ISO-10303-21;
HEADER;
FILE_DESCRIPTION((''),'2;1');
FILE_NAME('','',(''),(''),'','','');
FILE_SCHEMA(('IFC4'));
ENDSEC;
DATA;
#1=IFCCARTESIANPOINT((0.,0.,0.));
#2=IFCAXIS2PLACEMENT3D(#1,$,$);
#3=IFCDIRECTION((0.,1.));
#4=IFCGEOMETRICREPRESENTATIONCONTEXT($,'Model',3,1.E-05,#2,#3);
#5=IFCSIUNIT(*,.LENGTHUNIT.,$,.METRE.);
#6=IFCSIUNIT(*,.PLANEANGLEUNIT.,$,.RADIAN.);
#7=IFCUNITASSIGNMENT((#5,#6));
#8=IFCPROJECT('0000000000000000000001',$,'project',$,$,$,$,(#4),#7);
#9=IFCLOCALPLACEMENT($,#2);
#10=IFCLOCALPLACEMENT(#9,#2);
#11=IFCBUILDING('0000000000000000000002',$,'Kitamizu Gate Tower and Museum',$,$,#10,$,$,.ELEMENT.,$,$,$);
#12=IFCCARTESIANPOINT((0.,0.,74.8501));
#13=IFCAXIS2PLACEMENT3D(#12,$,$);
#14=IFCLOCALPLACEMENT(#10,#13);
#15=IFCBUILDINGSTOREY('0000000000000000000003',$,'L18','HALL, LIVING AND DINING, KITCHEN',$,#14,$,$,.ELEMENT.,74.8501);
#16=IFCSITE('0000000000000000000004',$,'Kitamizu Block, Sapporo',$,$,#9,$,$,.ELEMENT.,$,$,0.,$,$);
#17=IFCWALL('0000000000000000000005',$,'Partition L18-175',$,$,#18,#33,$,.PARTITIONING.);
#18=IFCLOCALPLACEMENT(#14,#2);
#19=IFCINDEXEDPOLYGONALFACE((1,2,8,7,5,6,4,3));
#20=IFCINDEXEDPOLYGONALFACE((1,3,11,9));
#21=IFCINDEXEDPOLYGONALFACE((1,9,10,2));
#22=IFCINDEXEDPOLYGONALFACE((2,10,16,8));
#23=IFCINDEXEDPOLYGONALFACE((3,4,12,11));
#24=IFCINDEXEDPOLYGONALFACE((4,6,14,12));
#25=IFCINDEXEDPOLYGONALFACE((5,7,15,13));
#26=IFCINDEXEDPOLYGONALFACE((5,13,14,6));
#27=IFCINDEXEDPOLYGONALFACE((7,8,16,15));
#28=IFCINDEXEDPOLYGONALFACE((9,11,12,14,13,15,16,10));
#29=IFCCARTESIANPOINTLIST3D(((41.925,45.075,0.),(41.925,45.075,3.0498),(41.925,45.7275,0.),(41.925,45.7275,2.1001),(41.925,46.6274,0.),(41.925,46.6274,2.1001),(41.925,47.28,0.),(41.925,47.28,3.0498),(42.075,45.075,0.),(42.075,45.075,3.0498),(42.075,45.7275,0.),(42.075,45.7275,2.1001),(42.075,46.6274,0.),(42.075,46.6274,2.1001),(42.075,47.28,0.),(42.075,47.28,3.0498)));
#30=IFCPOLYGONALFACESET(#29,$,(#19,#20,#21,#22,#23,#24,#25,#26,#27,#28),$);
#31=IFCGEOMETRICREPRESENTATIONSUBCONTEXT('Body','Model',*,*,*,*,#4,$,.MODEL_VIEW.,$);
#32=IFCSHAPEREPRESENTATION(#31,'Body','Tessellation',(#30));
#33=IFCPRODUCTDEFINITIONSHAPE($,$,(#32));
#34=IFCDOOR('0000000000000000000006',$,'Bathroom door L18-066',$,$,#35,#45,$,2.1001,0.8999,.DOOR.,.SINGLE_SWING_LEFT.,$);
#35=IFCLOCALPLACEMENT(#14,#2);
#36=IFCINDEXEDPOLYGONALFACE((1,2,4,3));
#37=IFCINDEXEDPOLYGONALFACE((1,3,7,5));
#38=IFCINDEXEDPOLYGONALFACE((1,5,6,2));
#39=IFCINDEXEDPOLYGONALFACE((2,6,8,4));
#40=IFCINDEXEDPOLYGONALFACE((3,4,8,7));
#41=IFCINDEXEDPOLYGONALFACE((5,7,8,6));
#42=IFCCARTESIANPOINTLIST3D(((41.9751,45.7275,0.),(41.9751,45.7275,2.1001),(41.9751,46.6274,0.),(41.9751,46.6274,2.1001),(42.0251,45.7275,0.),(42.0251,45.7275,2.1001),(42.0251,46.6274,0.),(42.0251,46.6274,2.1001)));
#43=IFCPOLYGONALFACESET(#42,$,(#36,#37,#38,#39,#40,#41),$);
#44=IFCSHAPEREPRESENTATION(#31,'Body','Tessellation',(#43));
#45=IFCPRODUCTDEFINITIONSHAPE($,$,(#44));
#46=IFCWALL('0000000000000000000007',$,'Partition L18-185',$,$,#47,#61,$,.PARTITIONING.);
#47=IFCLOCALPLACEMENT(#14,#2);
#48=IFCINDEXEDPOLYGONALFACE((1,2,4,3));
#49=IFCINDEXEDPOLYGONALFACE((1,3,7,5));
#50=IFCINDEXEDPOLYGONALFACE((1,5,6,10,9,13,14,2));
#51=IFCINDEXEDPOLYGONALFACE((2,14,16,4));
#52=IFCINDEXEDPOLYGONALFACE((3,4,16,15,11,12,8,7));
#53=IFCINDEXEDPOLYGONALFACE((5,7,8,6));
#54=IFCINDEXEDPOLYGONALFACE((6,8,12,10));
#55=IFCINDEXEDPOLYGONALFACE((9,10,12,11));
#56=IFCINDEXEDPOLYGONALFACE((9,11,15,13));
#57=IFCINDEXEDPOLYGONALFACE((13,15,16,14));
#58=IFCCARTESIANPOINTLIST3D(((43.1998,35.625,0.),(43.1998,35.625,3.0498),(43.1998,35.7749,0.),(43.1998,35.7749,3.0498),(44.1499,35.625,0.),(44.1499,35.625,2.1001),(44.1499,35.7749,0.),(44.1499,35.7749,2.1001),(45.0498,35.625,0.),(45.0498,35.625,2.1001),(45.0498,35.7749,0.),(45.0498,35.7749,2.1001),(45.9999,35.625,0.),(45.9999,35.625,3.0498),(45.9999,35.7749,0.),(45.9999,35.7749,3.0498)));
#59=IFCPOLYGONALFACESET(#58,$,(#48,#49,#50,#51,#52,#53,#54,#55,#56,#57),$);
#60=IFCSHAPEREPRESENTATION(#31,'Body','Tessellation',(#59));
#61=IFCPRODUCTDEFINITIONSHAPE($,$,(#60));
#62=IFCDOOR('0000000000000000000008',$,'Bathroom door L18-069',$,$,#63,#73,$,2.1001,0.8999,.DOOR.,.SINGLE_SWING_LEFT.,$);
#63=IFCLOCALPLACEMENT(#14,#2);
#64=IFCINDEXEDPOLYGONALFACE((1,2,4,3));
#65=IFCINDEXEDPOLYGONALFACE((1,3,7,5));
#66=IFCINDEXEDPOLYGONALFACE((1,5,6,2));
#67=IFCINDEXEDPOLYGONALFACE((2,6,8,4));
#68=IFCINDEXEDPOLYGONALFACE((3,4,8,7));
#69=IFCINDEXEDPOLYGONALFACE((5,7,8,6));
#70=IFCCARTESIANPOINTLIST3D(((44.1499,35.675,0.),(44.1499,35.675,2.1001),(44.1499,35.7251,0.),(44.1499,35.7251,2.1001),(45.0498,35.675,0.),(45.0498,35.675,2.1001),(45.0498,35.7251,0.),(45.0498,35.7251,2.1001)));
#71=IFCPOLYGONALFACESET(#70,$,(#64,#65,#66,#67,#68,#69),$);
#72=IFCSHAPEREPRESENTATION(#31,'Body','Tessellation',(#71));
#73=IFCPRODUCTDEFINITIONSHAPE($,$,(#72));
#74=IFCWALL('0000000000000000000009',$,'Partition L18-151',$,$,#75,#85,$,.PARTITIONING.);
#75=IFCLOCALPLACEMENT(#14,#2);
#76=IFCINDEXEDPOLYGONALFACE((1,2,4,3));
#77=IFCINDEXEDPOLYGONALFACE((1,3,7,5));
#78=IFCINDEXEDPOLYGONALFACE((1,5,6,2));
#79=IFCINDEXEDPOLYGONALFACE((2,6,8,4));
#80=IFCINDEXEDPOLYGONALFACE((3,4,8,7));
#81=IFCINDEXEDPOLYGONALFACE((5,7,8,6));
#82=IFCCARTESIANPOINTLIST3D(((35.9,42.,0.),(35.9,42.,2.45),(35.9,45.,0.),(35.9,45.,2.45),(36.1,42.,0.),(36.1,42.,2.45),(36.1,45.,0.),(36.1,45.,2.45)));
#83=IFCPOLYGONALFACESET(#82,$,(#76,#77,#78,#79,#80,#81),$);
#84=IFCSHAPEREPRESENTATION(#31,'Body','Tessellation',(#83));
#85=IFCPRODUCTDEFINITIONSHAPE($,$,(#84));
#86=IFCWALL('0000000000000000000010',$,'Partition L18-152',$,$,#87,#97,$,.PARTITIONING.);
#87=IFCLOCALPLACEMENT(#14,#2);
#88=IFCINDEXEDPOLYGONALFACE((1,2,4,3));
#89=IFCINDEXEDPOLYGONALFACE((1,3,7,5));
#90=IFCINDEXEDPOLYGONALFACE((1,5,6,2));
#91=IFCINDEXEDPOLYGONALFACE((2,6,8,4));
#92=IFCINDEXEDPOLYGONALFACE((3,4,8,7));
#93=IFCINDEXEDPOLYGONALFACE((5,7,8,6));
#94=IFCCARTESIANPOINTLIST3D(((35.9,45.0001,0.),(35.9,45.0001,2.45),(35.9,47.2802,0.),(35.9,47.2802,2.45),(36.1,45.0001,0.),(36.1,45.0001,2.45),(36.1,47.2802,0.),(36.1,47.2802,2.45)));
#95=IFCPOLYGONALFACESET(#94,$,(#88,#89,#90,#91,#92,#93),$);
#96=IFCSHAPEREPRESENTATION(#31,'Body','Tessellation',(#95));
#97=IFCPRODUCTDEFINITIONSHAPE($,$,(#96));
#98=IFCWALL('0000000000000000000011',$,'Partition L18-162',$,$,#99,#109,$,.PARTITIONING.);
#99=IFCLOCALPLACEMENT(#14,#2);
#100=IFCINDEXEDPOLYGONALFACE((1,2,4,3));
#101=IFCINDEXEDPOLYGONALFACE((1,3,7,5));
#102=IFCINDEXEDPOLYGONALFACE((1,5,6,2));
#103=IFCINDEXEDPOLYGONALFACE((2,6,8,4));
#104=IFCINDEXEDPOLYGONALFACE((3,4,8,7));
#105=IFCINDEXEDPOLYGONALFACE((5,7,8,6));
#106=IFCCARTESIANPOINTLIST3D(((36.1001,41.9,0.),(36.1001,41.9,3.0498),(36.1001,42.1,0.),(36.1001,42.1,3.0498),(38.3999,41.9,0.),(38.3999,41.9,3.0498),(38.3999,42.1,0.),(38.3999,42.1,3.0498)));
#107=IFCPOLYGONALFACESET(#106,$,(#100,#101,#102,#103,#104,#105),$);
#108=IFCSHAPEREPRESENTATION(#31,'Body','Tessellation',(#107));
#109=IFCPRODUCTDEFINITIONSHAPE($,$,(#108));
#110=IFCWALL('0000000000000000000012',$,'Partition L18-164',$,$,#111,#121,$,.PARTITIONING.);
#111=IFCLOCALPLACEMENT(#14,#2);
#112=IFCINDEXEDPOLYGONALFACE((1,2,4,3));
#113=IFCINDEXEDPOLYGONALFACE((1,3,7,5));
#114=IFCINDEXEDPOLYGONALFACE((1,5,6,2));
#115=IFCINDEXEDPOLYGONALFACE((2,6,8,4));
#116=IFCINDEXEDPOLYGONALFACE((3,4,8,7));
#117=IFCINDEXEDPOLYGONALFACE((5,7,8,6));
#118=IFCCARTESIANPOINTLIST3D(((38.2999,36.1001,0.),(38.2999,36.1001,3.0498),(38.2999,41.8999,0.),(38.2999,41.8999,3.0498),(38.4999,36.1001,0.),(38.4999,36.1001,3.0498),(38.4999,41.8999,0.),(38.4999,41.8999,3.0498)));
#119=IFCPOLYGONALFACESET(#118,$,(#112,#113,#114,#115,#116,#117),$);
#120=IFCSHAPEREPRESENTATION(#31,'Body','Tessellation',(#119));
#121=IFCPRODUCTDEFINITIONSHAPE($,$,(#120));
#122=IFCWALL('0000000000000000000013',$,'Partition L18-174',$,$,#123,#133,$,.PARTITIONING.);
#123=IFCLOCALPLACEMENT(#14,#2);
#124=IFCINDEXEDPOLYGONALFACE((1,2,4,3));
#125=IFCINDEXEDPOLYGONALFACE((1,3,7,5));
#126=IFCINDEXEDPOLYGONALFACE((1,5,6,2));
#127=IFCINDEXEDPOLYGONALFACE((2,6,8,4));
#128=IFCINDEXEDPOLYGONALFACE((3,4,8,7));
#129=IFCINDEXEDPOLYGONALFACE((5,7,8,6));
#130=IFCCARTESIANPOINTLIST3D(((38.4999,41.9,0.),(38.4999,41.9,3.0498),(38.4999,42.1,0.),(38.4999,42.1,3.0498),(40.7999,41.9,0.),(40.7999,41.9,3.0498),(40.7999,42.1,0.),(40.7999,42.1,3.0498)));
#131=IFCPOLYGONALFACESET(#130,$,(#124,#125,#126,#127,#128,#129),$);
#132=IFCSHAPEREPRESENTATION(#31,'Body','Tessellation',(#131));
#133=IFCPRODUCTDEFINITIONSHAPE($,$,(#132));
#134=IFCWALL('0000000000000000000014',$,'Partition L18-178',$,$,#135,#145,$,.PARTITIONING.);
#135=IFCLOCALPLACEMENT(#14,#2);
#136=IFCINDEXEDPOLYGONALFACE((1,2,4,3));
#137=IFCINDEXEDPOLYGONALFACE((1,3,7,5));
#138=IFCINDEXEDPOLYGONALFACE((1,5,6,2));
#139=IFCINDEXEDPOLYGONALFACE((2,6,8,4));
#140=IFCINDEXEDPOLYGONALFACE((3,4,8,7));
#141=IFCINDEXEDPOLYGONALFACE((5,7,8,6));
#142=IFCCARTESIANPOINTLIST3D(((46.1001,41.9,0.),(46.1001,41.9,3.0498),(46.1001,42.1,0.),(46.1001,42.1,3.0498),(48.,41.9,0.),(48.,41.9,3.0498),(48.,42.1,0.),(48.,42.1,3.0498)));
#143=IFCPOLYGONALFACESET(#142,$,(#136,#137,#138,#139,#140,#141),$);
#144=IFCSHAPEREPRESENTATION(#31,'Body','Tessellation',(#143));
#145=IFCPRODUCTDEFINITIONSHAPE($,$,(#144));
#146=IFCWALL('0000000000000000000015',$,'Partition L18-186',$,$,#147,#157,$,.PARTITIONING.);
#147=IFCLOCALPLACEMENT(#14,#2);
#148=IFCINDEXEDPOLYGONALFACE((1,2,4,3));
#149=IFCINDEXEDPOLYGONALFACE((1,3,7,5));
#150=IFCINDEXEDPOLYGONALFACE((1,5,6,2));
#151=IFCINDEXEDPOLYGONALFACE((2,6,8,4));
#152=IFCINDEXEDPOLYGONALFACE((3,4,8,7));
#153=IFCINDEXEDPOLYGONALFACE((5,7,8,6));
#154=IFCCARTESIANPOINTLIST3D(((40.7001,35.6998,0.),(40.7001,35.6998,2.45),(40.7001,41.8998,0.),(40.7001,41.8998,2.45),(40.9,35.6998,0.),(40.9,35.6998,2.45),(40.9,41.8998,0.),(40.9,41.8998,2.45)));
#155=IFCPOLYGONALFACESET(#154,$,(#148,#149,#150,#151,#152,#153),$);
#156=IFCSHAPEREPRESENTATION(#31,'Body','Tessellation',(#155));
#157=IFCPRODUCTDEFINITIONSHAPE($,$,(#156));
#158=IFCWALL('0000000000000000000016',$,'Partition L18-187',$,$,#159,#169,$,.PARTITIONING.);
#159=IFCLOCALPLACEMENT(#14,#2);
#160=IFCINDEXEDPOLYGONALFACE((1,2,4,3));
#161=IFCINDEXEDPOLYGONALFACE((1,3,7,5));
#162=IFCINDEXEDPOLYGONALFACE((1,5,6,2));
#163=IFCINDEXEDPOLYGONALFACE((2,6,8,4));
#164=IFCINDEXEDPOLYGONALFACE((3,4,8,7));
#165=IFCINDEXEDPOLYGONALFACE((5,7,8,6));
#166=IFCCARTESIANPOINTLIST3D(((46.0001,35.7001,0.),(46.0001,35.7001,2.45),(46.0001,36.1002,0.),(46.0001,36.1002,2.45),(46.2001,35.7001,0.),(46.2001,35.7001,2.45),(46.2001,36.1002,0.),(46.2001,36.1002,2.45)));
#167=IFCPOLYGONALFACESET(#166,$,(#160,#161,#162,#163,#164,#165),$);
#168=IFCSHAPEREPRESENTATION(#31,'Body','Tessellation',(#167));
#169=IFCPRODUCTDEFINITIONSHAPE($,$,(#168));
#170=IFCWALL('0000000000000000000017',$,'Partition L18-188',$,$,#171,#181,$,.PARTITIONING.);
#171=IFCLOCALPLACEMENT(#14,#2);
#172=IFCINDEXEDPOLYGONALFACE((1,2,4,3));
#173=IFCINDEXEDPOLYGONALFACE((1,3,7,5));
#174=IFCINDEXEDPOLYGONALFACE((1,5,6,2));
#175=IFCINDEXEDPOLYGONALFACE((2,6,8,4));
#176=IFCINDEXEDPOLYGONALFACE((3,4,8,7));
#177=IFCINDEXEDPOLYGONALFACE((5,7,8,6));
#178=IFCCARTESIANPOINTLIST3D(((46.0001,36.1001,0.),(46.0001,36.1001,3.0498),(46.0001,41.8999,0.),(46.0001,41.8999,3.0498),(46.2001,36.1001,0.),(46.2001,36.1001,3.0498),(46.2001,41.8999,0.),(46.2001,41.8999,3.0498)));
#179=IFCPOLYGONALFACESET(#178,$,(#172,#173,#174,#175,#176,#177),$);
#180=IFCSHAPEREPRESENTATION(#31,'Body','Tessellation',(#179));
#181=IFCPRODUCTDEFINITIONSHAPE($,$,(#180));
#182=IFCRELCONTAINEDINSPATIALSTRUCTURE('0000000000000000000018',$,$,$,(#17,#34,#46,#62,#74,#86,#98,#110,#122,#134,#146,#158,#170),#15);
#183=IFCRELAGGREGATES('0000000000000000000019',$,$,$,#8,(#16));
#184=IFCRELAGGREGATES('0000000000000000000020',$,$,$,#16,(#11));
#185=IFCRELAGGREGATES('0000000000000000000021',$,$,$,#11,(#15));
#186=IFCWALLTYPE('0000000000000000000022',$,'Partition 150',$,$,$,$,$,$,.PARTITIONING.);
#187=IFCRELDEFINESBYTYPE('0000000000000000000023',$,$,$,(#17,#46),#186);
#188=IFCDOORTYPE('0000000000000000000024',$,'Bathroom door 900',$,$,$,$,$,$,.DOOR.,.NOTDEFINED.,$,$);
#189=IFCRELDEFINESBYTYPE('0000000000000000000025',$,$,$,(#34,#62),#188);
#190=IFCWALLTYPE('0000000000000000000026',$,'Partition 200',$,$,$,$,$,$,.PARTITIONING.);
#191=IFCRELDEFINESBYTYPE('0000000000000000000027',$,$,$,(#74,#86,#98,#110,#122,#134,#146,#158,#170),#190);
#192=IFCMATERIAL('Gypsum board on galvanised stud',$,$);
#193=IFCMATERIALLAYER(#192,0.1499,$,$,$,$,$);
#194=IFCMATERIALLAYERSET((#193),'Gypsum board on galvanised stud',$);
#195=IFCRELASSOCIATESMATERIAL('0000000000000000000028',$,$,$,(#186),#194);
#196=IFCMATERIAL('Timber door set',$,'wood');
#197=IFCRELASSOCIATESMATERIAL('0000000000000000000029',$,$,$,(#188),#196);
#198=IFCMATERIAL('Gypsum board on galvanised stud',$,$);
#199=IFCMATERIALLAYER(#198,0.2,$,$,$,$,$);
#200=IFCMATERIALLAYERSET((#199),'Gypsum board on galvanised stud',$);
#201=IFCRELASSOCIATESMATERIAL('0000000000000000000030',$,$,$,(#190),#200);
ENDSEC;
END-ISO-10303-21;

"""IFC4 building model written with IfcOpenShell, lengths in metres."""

from ifc_helpers import new_model, si_unit, direction, frame, frame_2d, origin, place, context, subcontext, project, spatial, rectangle, extrude, material, layer, layer_set, type_object, element, fill, save


model = new_model("IFC4")

# Units and contexts
model_context = context("Model", 3, precision=1e-05, world=origin(), true_north=direction((0.0, 1.0)))
body_context = subcontext(model_context, "Body", "Model", "MODEL_VIEW")
ifc_project = project(units=[si_unit("LENGTHUNIT", "METRE"), si_unit("PLANEANGLEUNIT", "RADIAN")], contexts=[model_context])

# Site, building, storey
site_placement = place(None, origin())
site = spatial("IfcSite", under=ifc_project, at=site_placement, Name="Kitamizu Block, Sapporo", CompositionType="ELEMENT", RefElevation=0.0)
building_placement = place(site_placement, origin())
building = spatial("IfcBuilding", under=site, at=building_placement, Name="Kitamizu Gate Tower and Museum", CompositionType="ELEMENT")
storey_placement = place(building_placement, frame((0.0, 0.0, 74.8501)))
storey = spatial("IfcBuildingStorey", under=building, at=storey_placement, Name="L18", Description="HALL, LIVING AND DINING, KITCHEN", CompositionType="ELEMENT", Elevation=74.8501)

# Shared definitions
ifc_material_1 = material(Name="Gypsum board on galvanised stud")
ifc_layer_1 = layer(ifc_material_1, 0.1499)
ifc_layer_set_1 = layer_set([ifc_layer_1], Name="Gypsum board on galvanised stud")
wall_type_1 = type_object("IfcWallType", Name="Partition 150", PredefinedType="PARTITIONING", material=ifc_layer_set_1)

# Shared definitions
ifc_material_2 = material(Name="Timber door set", Category="wood")
door_type_1 = type_object("IfcDoorType", Name="Bathroom door 900", OperationType="NOTDEFINED", PredefinedType="DOOR", material=ifc_material_2)

# Walls, openings, doors
wall_1_placement = place(storey_placement, frame((42.0, 45.075, 0.0), z_axis=(0.0, 0.0, 1.0), x_axis=(0.0, 1.0, 0.0)))
wall_1 = element("IfcWall", 1, at=wall_1_placement, inside=storey, type_object=wall_type_1, Name="Partition L18-175", PredefinedType="PARTITIONING", context=body_context, shape_type="SweptSolid", body=[
    extrude(rectangle(XDim=2.2051, YDim=0.1499, at=frame_2d((1.1025, 0.0))), origin(), (0.0, 0.0, 1.0), 3.0498),
])
opening_1_placement = place(wall_1_placement, frame((0.6526, 0.0, 0.0)))
opening_1 = element("IfcOpeningElement", 2, at=opening_1_placement, cuts=wall_1, PredefinedType="OPENING", context=body_context, shape_type="SweptSolid", body=[
    extrude(rectangle(XDim=0.8999, YDim=2.1001, at=frame_2d((0.45, 1.05))), frame((0.0, 0.085, 0.0), z_axis=(0.0, -1.0, 0.0), x_axis=(1.0, 0.0, 0.0)), (0.0, 0.0, 1.0), 0.1699),
])
door_1_placement = place(opening_1_placement, origin())
door_1 = element("IfcDoor", 3, at=door_1_placement, inside=storey, type_object=door_type_1, Name="Bathroom door L18-066", OperationType="SINGLE_SWING_LEFT", OverallHeight=2.1001, OverallWidth=0.8999, PredefinedType="DOOR", context=body_context, shape_type="SweptSolid", body=[
    extrude(rectangle(XDim=0.8999, YDim=2.1001, at=frame_2d((0.45, 1.05))), frame((0.0, 0.0249, 0.0), z_axis=(0.0, -1.0, 0.0), x_axis=(1.0, 0.0, 0.0)), (0.0, 0.0, 1.0), 0.05),
])
fill(opening_1, door_1)
wall_2_placement = place(storey_placement, frame((43.2, 35.7, 0.0), z_axis=(0.0, 0.0, 1.0), x_axis=(1.0, 0.0, 0.0)))
wall_2 = element("IfcWall", 4, at=wall_2_placement, inside=storey, type_object=wall_type_1, Name="Partition L18-185", PredefinedType="PARTITIONING", context=body_context, shape_type="SweptSolid", body=[
    extrude(rectangle(XDim=2.8, YDim=0.1499, at=frame_2d((1.3999, 0.0))), origin(), (0.0, 0.0, 1.0), 3.0498),
])
opening_2_placement = place(wall_2_placement, frame((0.95, 0.0, 0.0)))
opening_2 = element("IfcOpeningElement", 5, at=opening_2_placement, cuts=wall_2, PredefinedType="OPENING", context=body_context, shape_type="SweptSolid", body=[
    extrude(rectangle(XDim=0.8999, YDim=2.1001, at=frame_2d((0.45, 1.05))), frame((0.0, 0.085, 0.0), z_axis=(0.0, -1.0, 0.0), x_axis=(1.0, 0.0, 0.0)), (0.0, 0.0, 1.0), 0.1699),
])
door_2_placement = place(opening_2_placement, frame((0.8999, 0.0, 0.0), x_axis=(-1.0, 0.0, 0.0)))
door_2 = element("IfcDoor", 6, at=door_2_placement, inside=storey, type_object=door_type_1, Name="Bathroom door L18-069", OperationType="SINGLE_SWING_LEFT", OverallHeight=2.1001, OverallWidth=0.8999, PredefinedType="DOOR", context=body_context, shape_type="SweptSolid", body=[
    extrude(rectangle(XDim=0.8999, YDim=2.1001, at=frame_2d((0.45, 1.05))), frame((0.0, 0.0249, 0.0), z_axis=(0.0, -1.0, 0.0), x_axis=(1.0, 0.0, 0.0)), (0.0, 0.0, 1.0), 0.05),
])
fill(opening_2, door_2)

# Walls
ifc_material_3 = material(Name="Gypsum board on galvanised stud")
ifc_layer_2 = layer(ifc_material_3, 0.2)
ifc_layer_set_2 = layer_set([ifc_layer_2], Name="Gypsum board on galvanised stud")
wall_type_2 = type_object("IfcWallType", Name="Partition 200", PredefinedType="PARTITIONING", material=ifc_layer_set_2)
wall_3_placement = place(storey_placement, frame((36.0, 42.0, 0.0), z_axis=(0.0, 0.0, 1.0), x_axis=(0.0, 1.0, 0.0)))
element("IfcWall", 7, at=wall_3_placement, inside=storey, type_object=wall_type_2, Name="Partition L18-151", PredefinedType="PARTITIONING", context=body_context, shape_type="SweptSolid", body=[
    extrude(rectangle(XDim=3.0, YDim=0.2, at=frame_2d((1.5, 0.0))), origin(), (0.0, 0.0, 1.0), 2.45),
])
wall_4_placement = place(storey_placement, frame((36.0, 45.0, 0.0), z_axis=(0.0, 0.0, 1.0), x_axis=(0.0, 1.0, 0.0)))
element("IfcWall", 8, at=wall_4_placement, inside=storey, type_object=wall_type_2, Name="Partition L18-152", PredefinedType="PARTITIONING", context=body_context, shape_type="SweptSolid", body=[
    extrude(rectangle(XDim=2.28, YDim=0.2, at=frame_2d((1.1401, 0.0))), origin(), (0.0, 0.0, 1.0), 2.45),
])
wall_5_placement = place(storey_placement, frame((38.3999, 42.0, 0.0), z_axis=(0.0, 0.0, 1.0), x_axis=(-1.0, 0.0, 0.0)))
element("IfcWall", 9, at=wall_5_placement, inside=storey, type_object=wall_type_2, Name="Partition L18-162", PredefinedType="PARTITIONING", context=body_context, shape_type="SweptSolid", body=[
    extrude(rectangle(XDim=2.2998, YDim=0.2, at=frame_2d((1.1499, 0.0))), origin(), (0.0, 0.0, 1.0), 3.0498),
])
wall_6_placement = place(storey_placement, frame((38.3999, 36.1001, 0.0), z_axis=(0.0, 0.0, 1.0), x_axis=(0.0, 1.0, 0.0)))
element("IfcWall", 10, at=wall_6_placement, inside=storey, type_object=wall_type_2, Name="Partition L18-164", PredefinedType="PARTITIONING", context=body_context, shape_type="SweptSolid", body=[
    extrude(rectangle(XDim=5.7998, YDim=0.2, at=frame_2d((2.8999, 0.0))), origin(), (0.0, 0.0, 1.0), 3.0498),
])
wall_7_placement = place(storey_placement, frame((38.5, 42.0, 0.0), z_axis=(0.0, 0.0, 1.0), x_axis=(1.0, 0.0, 0.0)))
element("IfcWall", 11, at=wall_7_placement, inside=storey, type_object=wall_type_2, Name="Partition L18-174", PredefinedType="PARTITIONING", context=body_context, shape_type="SweptSolid", body=[
    extrude(rectangle(XDim=2.3, YDim=0.2, at=frame_2d((1.1499, 0.0))), origin(), (0.0, 0.0, 1.0), 3.0498),
])
wall_8_placement = place(storey_placement, frame((46.1001, 42.0, 0.0), z_axis=(0.0, 0.0, 1.0), x_axis=(1.0, 0.0, 0.0)))
element("IfcWall", 12, at=wall_8_placement, inside=storey, type_object=wall_type_2, Name="Partition L18-178", PredefinedType="PARTITIONING", context=body_context, shape_type="SweptSolid", body=[
    extrude(rectangle(XDim=1.8999, YDim=0.2, at=frame_2d((0.95, 0.0))), origin(), (0.0, 0.0, 1.0), 3.0498),
])
wall_9_placement = place(storey_placement, frame((40.8, 41.8999, 0.0), z_axis=(0.0, 0.0, 1.0), x_axis=(0.0, -1.0, 0.0)))
element("IfcWall", 13, at=wall_9_placement, inside=storey, type_object=wall_type_2, Name="Partition L18-186", PredefinedType="PARTITIONING", context=body_context, shape_type="SweptSolid", body=[
    extrude(rectangle(XDim=6.2, YDim=0.2, at=frame_2d((3.1001, 0.0))), origin(), (0.0, 0.0, 1.0), 2.45),
])
wall_10_placement = place(storey_placement, frame((46.1001, 35.7, 0.0), z_axis=(0.0, 0.0, 1.0), x_axis=(0.0, 1.0, 0.0)))
element("IfcWall", 14, at=wall_10_placement, inside=storey, type_object=wall_type_2, Name="Partition L18-187", PredefinedType="PARTITIONING", context=body_context, shape_type="SweptSolid", body=[
    extrude(rectangle(XDim=0.4001, YDim=0.2, at=frame_2d((0.2002, 0.0))), origin(), (0.0, 0.0, 1.0), 2.45),
])
wall_11_placement = place(storey_placement, frame((46.1001, 36.1001, 0.0), z_axis=(0.0, 0.0, 1.0), x_axis=(0.0, 1.0, 0.0)))
element("IfcWall", 15, at=wall_11_placement, inside=storey, type_object=wall_type_2, Name="Partition L18-188", PredefinedType="PARTITIONING", context=body_context, shape_type="SweptSolid", body=[
    extrude(rectangle(XDim=5.7998, YDim=0.2, at=frame_2d((2.8999, 0.0))), origin(), (0.0, 0.0, 1.0), 3.0498),
])

save(model, "model.ifc")
